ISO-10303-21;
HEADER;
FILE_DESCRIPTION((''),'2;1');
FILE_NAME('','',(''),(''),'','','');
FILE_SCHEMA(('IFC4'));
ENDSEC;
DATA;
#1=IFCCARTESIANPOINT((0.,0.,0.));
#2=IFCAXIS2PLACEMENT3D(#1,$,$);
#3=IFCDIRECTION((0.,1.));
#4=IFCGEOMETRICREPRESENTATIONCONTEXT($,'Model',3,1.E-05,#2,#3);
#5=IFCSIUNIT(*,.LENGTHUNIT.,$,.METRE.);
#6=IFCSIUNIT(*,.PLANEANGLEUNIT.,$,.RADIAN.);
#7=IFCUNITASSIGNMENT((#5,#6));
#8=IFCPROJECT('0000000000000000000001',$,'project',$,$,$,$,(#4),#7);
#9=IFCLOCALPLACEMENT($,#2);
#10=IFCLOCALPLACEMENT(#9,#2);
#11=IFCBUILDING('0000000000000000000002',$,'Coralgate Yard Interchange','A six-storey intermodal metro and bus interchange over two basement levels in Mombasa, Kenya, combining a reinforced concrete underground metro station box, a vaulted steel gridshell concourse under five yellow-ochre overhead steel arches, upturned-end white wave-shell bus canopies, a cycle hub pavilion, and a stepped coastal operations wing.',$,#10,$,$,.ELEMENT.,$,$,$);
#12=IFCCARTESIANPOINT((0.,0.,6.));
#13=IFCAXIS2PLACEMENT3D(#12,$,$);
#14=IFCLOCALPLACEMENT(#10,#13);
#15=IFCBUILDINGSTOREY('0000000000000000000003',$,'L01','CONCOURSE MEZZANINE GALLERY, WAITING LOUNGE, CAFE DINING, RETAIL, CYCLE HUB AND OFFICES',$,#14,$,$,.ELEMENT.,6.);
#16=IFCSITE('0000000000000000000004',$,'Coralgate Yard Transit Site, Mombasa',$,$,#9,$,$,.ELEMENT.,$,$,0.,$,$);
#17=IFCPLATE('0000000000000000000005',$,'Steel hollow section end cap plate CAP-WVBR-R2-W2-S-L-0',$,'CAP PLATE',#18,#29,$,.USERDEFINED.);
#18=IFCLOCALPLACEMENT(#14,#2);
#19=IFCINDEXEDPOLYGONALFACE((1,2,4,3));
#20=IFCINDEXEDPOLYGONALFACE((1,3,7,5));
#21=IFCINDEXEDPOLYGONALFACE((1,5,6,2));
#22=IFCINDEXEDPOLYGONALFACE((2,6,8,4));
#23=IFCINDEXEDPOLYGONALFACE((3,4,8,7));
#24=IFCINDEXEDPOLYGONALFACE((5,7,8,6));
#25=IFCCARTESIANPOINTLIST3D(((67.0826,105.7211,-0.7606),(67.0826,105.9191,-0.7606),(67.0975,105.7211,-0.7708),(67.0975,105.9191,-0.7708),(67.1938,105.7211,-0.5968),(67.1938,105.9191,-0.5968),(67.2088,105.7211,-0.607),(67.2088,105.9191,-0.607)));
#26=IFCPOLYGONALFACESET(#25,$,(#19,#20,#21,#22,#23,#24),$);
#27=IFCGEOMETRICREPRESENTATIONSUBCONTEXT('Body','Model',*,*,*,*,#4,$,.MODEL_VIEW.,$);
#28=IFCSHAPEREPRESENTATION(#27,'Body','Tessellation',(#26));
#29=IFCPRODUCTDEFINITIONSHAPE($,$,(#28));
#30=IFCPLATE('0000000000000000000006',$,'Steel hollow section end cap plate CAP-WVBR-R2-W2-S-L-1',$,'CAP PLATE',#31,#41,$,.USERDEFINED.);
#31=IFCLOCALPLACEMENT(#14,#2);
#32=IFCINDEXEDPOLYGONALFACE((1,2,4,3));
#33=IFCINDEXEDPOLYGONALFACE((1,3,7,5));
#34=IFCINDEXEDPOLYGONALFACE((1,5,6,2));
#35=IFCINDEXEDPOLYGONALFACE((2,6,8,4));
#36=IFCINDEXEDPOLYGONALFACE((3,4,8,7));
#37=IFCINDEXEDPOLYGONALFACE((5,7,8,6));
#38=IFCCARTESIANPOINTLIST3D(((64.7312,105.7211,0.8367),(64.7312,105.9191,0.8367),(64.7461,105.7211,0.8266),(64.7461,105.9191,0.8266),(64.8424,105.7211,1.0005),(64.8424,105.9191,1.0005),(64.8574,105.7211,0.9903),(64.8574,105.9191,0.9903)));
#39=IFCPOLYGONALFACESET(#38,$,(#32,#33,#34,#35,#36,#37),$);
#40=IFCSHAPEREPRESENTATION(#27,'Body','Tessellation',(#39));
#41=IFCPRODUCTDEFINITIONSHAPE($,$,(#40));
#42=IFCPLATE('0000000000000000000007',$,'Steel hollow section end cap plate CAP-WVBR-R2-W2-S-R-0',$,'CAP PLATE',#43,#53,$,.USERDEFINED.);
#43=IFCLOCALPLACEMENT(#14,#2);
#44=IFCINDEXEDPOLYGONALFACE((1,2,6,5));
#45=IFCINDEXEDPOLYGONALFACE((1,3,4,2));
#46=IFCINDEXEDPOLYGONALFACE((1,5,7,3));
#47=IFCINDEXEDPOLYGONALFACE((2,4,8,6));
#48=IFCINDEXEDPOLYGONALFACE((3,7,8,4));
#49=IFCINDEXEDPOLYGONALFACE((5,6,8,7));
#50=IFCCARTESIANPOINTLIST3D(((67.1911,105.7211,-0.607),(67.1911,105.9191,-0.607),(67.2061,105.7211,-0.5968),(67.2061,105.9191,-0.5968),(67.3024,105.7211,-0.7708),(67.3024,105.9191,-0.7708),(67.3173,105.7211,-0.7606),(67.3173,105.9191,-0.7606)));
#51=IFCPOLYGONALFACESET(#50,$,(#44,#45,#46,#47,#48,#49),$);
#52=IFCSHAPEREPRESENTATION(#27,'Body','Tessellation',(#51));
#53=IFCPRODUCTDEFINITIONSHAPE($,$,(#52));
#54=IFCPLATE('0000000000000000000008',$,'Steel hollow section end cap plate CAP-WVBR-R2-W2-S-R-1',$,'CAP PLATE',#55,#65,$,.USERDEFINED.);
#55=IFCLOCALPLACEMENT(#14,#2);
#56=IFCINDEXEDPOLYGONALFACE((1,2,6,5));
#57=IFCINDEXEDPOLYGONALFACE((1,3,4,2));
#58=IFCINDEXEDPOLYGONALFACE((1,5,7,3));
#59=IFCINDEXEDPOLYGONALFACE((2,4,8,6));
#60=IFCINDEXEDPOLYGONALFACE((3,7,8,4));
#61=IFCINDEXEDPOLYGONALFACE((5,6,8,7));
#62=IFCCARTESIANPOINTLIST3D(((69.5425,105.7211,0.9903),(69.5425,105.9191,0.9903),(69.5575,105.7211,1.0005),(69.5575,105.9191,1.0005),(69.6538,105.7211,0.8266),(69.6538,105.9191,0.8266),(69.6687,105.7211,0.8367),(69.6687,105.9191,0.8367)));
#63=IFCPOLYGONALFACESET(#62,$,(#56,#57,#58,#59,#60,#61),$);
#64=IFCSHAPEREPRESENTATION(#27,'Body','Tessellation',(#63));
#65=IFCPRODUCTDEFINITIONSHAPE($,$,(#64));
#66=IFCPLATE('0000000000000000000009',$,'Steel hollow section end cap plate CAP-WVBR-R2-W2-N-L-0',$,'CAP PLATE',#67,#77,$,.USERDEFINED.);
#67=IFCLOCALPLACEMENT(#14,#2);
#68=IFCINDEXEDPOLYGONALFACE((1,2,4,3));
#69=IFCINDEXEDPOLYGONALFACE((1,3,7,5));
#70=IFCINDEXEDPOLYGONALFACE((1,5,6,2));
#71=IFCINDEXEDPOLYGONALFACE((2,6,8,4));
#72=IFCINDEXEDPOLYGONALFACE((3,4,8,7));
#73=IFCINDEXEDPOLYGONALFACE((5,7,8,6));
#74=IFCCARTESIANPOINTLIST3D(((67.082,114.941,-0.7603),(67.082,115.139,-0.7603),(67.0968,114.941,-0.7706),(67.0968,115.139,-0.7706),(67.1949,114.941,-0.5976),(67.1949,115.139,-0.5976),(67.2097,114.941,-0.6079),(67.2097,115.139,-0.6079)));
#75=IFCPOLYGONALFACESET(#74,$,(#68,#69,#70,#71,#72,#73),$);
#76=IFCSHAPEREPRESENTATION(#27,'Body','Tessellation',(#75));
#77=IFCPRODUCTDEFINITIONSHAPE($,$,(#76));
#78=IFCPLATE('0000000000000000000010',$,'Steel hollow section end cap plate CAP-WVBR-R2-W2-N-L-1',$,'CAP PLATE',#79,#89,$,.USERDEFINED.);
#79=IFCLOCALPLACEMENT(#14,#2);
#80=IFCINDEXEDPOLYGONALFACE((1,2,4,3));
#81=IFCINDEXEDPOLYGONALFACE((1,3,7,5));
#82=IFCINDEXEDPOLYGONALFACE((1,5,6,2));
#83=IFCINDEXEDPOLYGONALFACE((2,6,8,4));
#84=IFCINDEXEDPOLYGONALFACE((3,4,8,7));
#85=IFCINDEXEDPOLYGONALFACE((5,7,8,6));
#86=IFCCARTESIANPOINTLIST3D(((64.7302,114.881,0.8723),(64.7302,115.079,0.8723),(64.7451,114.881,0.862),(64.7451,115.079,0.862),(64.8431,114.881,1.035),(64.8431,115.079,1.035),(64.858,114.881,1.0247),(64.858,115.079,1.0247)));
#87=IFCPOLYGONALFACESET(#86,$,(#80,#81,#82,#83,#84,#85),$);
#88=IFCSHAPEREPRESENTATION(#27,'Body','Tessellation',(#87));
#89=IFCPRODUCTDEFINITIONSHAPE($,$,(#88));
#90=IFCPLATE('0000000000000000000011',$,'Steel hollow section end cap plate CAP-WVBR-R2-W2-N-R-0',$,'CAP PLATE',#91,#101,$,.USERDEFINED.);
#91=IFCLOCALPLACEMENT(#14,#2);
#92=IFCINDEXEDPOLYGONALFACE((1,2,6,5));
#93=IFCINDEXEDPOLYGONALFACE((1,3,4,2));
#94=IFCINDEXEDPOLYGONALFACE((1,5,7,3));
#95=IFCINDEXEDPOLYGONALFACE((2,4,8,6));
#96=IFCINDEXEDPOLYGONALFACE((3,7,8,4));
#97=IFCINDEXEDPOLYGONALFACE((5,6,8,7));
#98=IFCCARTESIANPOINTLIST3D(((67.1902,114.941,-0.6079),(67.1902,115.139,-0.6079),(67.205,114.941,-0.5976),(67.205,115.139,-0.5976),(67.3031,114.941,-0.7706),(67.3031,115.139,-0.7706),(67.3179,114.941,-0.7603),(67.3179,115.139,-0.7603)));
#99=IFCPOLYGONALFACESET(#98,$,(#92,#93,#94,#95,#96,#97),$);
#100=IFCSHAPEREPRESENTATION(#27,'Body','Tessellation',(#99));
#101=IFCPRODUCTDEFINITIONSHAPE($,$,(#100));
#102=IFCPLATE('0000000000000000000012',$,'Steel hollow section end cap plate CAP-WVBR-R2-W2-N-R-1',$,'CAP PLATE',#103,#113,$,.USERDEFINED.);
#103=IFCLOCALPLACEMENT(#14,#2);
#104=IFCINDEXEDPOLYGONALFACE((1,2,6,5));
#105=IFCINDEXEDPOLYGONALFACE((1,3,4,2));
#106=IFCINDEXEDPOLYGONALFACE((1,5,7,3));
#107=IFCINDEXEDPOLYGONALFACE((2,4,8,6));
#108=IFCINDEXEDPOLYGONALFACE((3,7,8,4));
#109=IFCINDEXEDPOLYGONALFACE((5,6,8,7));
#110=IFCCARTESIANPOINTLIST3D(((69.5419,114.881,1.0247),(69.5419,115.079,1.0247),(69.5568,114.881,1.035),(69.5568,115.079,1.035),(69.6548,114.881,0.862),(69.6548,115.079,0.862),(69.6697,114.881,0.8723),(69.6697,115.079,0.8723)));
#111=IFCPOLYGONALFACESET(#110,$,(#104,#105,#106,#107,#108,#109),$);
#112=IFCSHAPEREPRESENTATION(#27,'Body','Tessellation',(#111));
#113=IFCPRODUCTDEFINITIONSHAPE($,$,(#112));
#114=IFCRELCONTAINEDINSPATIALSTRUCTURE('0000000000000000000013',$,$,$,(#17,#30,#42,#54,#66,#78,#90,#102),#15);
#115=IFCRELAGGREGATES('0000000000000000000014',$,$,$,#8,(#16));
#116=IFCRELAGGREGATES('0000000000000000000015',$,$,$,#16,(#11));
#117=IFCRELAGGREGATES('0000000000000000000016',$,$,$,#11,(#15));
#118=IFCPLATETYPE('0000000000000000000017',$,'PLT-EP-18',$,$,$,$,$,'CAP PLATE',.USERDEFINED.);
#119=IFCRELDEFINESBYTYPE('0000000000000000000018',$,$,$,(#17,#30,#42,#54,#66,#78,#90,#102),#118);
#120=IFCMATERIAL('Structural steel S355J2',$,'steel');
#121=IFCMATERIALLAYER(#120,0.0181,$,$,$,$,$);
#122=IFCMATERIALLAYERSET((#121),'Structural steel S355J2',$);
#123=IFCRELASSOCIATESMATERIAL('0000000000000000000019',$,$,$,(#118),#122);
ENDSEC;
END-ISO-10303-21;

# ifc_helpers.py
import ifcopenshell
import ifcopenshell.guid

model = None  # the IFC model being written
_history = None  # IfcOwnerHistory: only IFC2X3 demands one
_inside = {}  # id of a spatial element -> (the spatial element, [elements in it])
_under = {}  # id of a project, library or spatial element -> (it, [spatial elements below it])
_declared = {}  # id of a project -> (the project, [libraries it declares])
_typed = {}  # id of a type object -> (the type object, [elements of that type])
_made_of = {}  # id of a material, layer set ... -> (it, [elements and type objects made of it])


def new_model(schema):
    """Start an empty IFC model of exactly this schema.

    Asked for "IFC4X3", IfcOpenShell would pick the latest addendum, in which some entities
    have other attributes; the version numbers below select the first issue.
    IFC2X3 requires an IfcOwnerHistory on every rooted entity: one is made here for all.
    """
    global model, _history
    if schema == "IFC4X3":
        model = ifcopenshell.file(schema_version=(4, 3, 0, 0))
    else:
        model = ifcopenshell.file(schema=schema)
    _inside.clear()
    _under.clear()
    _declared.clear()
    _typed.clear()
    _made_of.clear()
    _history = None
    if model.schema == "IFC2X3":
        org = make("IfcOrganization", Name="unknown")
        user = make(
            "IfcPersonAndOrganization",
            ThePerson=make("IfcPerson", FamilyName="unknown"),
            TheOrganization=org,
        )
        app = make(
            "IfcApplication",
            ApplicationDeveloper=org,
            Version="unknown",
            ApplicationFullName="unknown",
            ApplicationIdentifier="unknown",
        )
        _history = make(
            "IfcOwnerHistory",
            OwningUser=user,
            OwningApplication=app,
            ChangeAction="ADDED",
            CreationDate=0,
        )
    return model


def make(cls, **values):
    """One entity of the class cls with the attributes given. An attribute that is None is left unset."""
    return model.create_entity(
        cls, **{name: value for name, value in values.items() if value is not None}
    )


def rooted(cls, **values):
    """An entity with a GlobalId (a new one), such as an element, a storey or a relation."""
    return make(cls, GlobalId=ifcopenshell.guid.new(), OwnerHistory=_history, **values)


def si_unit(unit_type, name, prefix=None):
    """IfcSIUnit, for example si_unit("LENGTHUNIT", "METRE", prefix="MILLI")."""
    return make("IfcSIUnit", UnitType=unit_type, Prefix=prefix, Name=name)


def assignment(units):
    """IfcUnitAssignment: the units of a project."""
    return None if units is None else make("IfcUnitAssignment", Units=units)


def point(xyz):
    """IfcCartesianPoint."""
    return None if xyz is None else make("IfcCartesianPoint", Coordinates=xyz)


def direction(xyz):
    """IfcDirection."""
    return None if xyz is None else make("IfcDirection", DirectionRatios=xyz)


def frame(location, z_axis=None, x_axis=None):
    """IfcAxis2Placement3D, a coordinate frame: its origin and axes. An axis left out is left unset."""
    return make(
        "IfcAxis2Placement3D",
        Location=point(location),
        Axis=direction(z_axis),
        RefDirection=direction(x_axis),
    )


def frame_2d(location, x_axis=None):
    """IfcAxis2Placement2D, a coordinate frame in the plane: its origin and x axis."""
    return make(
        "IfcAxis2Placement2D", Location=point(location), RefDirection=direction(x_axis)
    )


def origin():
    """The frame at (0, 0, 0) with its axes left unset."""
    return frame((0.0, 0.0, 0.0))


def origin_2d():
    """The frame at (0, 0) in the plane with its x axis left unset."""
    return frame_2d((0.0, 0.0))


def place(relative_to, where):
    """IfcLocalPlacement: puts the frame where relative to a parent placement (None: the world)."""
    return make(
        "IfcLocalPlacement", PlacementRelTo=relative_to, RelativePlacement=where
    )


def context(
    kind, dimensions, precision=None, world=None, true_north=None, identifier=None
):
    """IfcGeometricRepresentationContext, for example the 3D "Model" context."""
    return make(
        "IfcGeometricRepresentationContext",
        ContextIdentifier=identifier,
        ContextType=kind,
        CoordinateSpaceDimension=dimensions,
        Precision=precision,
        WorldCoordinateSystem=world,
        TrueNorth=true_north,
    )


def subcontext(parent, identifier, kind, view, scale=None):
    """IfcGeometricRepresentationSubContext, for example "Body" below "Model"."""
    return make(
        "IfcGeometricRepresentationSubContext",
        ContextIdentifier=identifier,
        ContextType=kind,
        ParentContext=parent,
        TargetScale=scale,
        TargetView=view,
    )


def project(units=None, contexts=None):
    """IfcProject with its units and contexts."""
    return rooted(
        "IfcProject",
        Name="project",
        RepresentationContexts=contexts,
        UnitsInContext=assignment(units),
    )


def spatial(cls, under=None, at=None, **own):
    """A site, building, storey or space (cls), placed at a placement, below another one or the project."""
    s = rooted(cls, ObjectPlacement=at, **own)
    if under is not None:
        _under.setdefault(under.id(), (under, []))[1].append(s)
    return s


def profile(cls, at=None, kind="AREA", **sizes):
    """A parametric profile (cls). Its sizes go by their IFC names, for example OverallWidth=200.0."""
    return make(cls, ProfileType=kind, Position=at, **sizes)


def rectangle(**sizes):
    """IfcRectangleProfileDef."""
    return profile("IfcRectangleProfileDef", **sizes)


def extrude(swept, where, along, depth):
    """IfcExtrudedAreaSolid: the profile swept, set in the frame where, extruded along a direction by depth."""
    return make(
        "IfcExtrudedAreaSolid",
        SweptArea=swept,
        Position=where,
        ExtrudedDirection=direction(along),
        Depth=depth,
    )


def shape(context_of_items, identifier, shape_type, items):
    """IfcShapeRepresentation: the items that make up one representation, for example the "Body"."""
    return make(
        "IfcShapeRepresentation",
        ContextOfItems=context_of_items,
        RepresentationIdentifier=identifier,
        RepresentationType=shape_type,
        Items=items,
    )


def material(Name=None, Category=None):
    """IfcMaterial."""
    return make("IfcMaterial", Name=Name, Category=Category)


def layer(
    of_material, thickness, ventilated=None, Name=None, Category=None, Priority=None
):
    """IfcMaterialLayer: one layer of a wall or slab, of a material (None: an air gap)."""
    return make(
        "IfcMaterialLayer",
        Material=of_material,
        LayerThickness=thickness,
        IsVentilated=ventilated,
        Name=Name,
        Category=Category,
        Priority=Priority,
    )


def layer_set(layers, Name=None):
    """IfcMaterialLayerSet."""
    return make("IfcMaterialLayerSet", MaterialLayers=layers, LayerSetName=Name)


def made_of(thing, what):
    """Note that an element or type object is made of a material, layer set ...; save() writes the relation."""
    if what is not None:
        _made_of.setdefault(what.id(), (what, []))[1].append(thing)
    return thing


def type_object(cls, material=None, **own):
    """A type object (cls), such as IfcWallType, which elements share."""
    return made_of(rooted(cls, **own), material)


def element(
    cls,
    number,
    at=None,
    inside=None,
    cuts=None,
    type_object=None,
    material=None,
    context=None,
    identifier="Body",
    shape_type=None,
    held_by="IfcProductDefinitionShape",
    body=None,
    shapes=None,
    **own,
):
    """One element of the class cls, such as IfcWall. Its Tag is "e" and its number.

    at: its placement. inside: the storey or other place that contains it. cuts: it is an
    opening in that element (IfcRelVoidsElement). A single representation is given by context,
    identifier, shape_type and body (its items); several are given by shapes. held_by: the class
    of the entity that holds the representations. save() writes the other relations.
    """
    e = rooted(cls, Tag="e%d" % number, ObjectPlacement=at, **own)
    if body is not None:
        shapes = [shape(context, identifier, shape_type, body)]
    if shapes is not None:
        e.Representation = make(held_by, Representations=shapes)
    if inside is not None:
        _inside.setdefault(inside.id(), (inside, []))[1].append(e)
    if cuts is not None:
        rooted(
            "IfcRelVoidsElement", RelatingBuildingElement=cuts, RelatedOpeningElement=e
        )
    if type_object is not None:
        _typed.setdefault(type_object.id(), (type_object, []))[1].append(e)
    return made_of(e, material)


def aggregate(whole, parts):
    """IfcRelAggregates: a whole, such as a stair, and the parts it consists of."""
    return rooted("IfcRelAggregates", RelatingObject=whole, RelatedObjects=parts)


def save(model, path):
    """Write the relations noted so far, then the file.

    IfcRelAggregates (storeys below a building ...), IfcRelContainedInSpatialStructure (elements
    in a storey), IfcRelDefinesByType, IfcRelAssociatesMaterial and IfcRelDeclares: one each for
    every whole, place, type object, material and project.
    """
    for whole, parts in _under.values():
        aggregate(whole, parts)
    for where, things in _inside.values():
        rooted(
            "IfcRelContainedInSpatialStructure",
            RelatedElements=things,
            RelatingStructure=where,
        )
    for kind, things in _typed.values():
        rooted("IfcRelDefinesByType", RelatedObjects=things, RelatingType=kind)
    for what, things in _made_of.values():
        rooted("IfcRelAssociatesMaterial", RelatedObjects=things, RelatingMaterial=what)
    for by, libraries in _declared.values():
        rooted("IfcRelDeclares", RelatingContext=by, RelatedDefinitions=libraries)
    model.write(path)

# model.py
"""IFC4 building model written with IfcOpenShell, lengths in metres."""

from ifc_helpers import new_model, si_unit, direction, frame, origin, origin_2d, place, context, subcontext, project, spatial, rectangle, extrude, material, layer, layer_set, type_object, element, save


model = new_model("IFC4")

# Units and contexts
model_context = context("Model", 3, precision=1e-05, world=origin(), true_north=direction((0.0, 1.0)))
body_context = subcontext(model_context, "Body", "Model", "MODEL_VIEW")
ifc_project = project(units=[si_unit("LENGTHUNIT", "METRE"), si_unit("PLANEANGLEUNIT", "RADIAN")], contexts=[model_context])

# Site, building, storey
site_placement = place(None, origin())
site = spatial("IfcSite", under=ifc_project, at=site_placement, Name="Coralgate Yard Transit Site, Mombasa", CompositionType="ELEMENT", RefElevation=0.0)
building_placement = place(site_placement, origin())
building = spatial("IfcBuilding", under=site, at=building_placement, Name="Coralgate Yard Interchange", Description="A six-storey intermodal metro and bus interchange over two basement levels in Mombasa, Kenya, combining a reinforced concrete underground metro station box, a vaulted steel gridshell concourse under five yellow-ochre overhead steel arches, upturned-end white wave-shell bus canopies, a cycle hub pavilion, and a stepped coastal operations wing.", CompositionType="ELEMENT")
storey_placement = place(building_placement, frame((0.0, 0.0, 6.0)))
storey = spatial("IfcBuildingStorey", under=building, at=storey_placement, Name="L01", Description="CONCOURSE MEZZANINE GALLERY, WAITING LOUNGE, CAFE DINING, RETAIL, CYCLE HUB AND OFFICES", CompositionType="ELEMENT", Elevation=6.0)

# Plates
ifc_material_1 = material(Name="Structural steel S355J2", Category="steel")
ifc_layer = layer(ifc_material_1, 0.0181)
ifc_layer_set = layer_set([ifc_layer], Name="Structural steel S355J2")
plate_type = type_object("IfcPlateType", Name="PLT-EP-18", ElementType="CAP PLATE", PredefinedType="USERDEFINED", material=ifc_layer_set)
for number, where, z_axis, x_axis, name in (
    (1, (67.1382, 105.8201, -0.6787), (0.827189, 0.0, -0.561923), (0.0, 1.0, 0.0), "Steel hollow section end cap plate CAP-WVBR-R2-W2-S-L-0"),
    (2, (64.8018, 105.8201, 0.9084), (-0.827189, 0.0, 0.561923), (0.0, -1.0, 0.0), "Steel hollow section end cap plate CAP-WVBR-R2-W2-S-L-1"),
    (3, (67.2617, 105.8201, -0.6787), (-0.827189, 0.0, -0.561923), (0.0, -1.0, 0.0), "Steel hollow section end cap plate CAP-WVBR-R2-W2-S-R-0"),
    (4, (69.5981, 105.8201, 0.9084), (0.827189, 0.0, 0.561923), (0.0, 1.0, 0.0), "Steel hollow section end cap plate CAP-WVBR-R2-W2-S-R-1"),
    (5, (67.1384, 115.04, -0.679), (0.821436, 0.0, -0.570301), (0.0, 1.0, 0.0), "Steel hollow section end cap plate CAP-WVBR-R2-W2-N-L-0"),
    (6, (64.8015, 114.98, 0.9434), (-0.821436, 0.0, 0.570301), (0.0, -1.0, 0.0), "Steel hollow section end cap plate CAP-WVBR-R2-W2-N-L-1"),
    (7, (67.2615, 115.04, -0.679), (-0.821436, 0.0, -0.570301), (0.0, -1.0, 0.0), "Steel hollow section end cap plate CAP-WVBR-R2-W2-N-R-0"),
    (8, (69.5984, 114.98, 0.9434), (0.821436, 0.0, 0.570301), (0.0, 1.0, 0.0), "Steel hollow section end cap plate CAP-WVBR-R2-W2-N-R-1"),
):
    element("IfcPlate", number, at=place(storey_placement, frame(where, z_axis=z_axis, x_axis=x_axis)), inside=storey, type_object=plate_type, Name=name, ObjectType="CAP PLATE", PredefinedType="USERDEFINED", context=body_context, shape_type="SweptSolid", body=[
        extrude(rectangle(XDim=0.198, YDim=0.198, at=origin_2d()), origin(), (0.0, 0.0, 1.0), 0.0181),
    ])

save(model, "model.ifc")
